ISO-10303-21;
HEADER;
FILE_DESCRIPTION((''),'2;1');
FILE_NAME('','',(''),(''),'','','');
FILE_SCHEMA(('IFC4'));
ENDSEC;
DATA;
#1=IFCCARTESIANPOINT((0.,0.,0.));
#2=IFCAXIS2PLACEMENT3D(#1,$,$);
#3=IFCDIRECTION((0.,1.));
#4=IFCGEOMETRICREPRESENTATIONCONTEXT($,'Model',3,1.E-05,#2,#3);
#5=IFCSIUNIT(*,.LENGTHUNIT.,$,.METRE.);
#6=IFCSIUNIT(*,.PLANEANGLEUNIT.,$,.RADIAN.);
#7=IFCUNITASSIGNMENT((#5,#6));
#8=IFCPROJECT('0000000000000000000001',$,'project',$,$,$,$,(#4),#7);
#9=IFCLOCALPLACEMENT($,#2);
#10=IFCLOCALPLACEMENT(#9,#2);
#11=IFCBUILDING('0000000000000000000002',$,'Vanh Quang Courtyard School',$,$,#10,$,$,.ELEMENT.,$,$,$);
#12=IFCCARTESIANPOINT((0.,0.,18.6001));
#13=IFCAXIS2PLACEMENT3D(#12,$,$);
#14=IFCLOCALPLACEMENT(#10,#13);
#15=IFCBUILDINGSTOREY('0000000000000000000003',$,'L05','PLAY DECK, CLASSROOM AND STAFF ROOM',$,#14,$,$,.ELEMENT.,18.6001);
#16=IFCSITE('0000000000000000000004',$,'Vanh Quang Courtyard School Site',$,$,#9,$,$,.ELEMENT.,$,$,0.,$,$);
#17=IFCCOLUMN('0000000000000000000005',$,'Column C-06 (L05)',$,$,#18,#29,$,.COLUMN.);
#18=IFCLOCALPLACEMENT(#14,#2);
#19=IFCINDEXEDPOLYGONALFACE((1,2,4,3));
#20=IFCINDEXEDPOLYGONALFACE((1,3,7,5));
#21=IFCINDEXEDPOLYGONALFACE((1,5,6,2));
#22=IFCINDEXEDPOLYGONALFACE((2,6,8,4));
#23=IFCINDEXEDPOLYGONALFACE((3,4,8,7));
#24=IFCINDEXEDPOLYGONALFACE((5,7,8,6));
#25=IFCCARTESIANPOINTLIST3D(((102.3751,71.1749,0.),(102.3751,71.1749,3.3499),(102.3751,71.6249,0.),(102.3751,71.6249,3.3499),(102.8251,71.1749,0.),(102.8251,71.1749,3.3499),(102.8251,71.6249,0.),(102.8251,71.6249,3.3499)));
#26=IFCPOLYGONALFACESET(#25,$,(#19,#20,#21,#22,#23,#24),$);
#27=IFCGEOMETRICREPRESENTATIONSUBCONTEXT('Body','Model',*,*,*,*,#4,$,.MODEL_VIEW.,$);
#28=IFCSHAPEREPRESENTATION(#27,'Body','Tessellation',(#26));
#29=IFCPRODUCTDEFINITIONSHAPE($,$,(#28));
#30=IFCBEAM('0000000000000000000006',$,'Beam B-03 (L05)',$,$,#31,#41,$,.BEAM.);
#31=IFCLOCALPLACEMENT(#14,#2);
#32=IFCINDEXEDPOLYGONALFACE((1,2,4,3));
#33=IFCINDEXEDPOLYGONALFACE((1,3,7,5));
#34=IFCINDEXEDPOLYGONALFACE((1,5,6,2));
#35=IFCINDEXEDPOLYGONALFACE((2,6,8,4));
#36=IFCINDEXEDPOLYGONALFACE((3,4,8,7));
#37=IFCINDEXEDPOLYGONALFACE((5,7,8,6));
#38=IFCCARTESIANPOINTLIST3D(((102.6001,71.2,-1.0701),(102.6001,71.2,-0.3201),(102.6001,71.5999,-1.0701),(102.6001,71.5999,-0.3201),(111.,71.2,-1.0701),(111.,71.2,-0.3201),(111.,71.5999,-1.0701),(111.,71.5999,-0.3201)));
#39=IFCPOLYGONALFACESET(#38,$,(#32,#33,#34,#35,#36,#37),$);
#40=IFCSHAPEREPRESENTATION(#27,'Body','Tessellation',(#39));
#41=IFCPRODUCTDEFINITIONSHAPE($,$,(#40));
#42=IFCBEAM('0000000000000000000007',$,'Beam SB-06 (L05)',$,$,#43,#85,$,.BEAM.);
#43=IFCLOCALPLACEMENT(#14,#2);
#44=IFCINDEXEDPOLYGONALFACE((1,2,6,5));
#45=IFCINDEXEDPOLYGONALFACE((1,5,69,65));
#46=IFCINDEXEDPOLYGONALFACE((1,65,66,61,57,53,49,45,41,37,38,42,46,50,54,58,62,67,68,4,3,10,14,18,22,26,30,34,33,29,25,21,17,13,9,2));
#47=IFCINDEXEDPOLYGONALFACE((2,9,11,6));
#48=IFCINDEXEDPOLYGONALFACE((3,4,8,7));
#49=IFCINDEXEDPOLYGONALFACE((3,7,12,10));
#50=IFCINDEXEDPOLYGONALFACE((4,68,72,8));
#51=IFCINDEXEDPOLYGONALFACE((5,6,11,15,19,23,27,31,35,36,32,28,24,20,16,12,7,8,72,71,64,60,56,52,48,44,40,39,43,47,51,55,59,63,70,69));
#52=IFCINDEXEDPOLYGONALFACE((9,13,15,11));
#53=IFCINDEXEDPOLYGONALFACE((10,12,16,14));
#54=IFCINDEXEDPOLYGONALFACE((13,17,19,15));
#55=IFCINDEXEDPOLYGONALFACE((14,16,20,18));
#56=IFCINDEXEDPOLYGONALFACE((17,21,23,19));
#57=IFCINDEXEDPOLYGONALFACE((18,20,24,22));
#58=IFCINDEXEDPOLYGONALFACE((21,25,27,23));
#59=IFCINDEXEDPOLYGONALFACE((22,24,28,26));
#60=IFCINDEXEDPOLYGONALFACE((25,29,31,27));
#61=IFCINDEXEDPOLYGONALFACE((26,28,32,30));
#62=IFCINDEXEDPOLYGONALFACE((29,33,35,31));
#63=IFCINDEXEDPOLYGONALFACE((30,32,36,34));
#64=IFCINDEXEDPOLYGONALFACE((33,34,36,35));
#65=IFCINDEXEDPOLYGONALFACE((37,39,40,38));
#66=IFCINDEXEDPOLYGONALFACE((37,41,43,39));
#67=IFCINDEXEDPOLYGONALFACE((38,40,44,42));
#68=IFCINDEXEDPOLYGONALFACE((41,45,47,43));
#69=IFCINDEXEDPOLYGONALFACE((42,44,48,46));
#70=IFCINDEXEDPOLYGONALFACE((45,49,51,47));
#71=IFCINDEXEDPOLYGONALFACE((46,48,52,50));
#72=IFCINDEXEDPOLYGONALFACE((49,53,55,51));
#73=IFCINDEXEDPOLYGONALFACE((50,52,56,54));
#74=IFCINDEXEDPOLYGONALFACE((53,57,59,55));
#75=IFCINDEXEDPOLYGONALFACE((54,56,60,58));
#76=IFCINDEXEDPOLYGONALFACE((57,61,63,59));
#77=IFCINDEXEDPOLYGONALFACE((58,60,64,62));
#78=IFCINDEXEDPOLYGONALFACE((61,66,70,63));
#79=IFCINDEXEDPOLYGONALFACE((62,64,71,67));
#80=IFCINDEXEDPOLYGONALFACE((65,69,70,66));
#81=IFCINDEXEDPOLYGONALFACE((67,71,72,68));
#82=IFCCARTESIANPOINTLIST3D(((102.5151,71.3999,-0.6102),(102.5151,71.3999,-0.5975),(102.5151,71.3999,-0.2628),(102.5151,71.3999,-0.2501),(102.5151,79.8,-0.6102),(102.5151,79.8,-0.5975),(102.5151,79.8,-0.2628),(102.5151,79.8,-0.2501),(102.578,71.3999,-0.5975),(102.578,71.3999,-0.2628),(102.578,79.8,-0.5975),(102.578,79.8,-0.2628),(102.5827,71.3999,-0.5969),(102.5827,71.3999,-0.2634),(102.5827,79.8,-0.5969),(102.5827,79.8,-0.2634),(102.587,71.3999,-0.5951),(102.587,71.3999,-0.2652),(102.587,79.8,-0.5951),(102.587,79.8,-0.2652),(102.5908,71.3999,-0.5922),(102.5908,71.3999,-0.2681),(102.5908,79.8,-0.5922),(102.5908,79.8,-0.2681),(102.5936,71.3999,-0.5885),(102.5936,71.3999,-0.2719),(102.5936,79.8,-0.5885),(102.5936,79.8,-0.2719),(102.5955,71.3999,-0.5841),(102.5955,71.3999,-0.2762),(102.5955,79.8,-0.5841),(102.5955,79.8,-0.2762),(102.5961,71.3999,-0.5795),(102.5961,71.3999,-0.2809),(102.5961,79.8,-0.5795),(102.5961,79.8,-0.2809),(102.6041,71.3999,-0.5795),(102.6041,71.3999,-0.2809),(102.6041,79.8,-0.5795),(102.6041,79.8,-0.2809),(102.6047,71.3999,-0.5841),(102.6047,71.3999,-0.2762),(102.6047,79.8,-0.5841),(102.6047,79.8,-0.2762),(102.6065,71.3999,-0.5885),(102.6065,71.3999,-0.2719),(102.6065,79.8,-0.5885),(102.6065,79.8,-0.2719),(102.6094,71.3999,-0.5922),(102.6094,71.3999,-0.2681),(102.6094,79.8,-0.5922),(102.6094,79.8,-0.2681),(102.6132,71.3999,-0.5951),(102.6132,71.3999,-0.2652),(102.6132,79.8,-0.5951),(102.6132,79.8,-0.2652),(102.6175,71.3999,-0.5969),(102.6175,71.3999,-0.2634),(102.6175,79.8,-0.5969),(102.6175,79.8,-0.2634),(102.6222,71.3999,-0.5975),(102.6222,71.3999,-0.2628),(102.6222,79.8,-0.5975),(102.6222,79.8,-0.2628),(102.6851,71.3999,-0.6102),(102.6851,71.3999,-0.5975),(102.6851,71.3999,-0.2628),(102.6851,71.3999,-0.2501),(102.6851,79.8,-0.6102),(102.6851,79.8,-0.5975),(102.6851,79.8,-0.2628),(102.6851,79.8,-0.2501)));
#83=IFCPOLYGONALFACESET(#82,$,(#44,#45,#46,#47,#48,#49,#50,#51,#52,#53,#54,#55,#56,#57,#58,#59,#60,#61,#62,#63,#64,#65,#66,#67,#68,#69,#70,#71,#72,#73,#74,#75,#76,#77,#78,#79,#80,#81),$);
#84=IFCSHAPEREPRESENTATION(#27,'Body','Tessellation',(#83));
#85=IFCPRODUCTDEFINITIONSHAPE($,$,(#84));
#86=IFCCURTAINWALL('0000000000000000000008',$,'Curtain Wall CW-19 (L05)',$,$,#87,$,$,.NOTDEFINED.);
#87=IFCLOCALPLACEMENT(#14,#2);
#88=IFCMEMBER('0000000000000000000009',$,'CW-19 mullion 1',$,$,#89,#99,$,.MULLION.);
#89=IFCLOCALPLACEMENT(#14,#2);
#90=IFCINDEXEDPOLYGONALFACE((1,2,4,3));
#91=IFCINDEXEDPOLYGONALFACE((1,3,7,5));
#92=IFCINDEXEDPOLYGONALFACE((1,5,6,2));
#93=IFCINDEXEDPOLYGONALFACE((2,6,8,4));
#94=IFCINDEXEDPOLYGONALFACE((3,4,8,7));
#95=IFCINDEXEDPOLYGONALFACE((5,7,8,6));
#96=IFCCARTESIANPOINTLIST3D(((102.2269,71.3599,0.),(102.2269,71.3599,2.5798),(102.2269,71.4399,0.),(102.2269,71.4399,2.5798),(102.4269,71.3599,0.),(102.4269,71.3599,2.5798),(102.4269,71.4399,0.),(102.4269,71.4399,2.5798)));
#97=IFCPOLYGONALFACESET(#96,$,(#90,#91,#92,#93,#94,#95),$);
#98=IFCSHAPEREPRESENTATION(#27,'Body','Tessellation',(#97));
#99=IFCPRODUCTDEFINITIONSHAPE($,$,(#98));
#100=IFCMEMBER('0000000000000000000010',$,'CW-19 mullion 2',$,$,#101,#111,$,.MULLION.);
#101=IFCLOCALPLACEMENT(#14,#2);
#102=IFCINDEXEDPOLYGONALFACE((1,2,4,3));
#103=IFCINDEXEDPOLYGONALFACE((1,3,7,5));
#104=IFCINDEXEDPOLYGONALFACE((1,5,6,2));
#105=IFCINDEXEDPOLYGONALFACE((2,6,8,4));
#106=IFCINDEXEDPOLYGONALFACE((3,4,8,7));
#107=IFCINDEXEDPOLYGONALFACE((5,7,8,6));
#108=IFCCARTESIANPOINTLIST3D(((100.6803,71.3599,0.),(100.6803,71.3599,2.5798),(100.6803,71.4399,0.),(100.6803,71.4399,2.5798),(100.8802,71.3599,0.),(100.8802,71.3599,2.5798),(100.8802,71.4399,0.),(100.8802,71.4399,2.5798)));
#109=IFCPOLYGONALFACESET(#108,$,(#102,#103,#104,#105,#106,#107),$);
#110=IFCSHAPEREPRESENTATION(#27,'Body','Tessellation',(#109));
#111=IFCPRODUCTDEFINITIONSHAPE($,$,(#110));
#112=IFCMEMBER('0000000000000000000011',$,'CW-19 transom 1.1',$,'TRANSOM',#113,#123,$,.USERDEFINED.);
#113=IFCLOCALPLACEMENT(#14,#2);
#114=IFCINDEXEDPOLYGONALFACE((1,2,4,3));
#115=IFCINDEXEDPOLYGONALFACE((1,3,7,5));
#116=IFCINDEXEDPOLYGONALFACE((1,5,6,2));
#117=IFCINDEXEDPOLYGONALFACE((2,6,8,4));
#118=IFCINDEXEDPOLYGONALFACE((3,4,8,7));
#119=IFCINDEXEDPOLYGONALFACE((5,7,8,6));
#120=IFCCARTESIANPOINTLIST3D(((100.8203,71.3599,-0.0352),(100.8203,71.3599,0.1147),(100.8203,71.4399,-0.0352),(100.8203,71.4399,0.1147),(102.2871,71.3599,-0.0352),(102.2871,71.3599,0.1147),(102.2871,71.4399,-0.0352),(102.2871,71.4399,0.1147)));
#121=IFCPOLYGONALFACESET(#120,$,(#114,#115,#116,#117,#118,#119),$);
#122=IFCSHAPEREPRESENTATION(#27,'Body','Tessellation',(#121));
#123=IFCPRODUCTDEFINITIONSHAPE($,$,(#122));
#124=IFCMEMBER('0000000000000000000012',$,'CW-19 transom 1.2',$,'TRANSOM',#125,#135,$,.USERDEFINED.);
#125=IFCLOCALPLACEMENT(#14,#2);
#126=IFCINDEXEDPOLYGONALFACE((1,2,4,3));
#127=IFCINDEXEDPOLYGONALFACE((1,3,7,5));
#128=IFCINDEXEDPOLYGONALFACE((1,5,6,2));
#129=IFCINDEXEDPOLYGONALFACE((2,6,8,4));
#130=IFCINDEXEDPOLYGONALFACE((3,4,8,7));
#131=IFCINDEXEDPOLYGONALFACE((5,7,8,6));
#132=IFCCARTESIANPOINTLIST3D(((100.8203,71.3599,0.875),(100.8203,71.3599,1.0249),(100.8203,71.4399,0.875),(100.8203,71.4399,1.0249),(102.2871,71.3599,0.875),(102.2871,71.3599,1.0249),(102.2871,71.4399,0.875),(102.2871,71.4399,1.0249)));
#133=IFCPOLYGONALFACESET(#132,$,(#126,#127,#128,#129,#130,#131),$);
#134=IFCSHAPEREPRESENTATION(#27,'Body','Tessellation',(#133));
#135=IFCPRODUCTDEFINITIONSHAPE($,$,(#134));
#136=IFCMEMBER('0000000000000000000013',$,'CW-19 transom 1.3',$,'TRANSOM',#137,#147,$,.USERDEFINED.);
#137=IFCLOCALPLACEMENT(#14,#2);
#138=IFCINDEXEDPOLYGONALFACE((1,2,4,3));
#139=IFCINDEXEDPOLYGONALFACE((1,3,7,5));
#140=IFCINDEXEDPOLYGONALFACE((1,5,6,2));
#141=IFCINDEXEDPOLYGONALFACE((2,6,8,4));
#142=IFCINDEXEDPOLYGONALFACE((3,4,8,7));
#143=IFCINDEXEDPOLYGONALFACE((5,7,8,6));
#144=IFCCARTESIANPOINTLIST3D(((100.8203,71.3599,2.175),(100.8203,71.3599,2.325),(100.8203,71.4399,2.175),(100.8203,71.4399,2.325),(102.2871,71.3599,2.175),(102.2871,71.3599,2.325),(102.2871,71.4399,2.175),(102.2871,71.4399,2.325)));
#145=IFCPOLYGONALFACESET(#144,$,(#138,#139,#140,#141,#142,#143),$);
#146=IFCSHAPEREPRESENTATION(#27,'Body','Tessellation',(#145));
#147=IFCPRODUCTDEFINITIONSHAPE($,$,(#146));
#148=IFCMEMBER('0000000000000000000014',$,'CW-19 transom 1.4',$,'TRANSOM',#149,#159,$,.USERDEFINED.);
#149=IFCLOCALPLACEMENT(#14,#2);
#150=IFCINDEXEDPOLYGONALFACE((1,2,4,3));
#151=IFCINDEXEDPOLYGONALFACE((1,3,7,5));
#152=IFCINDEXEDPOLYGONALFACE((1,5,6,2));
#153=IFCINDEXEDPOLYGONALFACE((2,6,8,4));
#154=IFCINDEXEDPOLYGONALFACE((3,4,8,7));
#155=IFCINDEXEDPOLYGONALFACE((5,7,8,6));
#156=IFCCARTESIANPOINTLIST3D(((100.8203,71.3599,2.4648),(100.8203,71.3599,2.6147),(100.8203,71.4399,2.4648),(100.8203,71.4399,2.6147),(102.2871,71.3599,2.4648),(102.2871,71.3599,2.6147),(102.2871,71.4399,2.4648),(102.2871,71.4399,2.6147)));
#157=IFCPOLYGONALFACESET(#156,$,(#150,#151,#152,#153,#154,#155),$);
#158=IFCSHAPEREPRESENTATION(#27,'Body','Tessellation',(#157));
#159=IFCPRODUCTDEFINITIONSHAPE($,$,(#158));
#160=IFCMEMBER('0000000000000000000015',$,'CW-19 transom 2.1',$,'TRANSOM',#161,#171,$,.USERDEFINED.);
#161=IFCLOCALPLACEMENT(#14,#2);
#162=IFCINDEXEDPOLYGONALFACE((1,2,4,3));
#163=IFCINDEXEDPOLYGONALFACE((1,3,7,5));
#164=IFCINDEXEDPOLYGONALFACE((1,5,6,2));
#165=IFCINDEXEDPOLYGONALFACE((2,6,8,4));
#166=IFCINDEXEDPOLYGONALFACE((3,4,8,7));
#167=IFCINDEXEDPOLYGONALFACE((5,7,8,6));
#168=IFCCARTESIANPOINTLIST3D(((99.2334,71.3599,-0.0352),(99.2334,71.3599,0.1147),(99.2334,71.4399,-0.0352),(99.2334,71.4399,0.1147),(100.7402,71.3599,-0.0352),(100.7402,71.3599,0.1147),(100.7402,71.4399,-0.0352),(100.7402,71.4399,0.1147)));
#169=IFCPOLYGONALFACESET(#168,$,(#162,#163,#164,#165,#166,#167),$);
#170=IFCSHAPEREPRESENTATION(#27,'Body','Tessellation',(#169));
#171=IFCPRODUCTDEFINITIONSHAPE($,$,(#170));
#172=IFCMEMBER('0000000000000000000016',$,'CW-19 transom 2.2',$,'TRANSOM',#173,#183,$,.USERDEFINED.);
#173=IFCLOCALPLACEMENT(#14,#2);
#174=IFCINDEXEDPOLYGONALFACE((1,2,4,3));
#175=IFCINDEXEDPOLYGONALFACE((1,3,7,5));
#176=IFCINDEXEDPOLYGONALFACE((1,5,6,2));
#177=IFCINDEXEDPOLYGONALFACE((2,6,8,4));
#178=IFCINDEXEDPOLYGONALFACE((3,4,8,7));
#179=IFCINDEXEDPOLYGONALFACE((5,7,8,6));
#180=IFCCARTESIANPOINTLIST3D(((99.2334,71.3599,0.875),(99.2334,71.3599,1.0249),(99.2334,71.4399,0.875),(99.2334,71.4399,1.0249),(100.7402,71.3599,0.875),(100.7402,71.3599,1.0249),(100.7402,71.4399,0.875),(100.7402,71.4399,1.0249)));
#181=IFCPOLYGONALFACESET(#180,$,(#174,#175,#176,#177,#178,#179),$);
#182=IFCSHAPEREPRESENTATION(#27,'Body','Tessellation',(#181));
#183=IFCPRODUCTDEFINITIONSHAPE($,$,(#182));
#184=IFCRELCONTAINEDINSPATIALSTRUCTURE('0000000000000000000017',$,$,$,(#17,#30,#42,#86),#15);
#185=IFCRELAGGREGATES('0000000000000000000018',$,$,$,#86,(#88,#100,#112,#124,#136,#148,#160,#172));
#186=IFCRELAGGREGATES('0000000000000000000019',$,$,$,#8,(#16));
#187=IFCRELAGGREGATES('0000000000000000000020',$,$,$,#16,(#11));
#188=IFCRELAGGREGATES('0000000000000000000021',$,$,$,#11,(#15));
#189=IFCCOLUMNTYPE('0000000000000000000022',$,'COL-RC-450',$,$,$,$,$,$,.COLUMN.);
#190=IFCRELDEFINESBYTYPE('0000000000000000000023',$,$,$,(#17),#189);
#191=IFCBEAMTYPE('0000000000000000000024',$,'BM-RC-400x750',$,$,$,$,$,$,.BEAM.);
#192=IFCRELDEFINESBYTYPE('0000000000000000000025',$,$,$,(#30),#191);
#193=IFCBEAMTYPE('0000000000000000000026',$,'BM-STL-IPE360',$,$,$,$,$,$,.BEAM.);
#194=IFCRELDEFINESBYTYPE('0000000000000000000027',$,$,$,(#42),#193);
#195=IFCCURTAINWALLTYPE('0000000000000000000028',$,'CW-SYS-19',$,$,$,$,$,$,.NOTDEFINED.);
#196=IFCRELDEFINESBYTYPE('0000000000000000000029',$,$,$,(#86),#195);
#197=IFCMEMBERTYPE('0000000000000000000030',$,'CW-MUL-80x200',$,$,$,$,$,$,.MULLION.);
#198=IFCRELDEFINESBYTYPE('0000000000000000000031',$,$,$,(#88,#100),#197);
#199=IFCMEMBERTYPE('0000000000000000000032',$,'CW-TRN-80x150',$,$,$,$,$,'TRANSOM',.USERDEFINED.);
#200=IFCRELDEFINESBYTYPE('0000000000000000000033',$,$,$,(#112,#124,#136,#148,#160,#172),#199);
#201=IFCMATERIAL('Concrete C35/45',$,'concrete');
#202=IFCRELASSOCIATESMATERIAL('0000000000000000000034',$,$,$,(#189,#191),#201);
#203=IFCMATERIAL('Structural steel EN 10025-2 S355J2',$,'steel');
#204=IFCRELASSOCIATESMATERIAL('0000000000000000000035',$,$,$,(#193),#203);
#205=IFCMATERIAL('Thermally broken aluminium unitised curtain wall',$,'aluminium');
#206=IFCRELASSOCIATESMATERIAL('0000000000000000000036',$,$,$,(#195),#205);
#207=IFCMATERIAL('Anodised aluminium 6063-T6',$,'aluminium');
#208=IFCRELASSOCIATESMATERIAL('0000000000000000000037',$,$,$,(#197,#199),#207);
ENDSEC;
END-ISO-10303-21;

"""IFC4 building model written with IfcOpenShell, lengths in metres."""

from ifc_helpers import new_model, si_unit, direction, frame, origin, origin_2d, place, context, subcontext, project, spatial, rectangle, i_section, extrude, material, material_profile, profile_set, type_object, element, aggregate, save


model = new_model("IFC4")

# Units and contexts
model_context = context("Model", 3, precision=1e-05, world=origin(), true_north=direction((0.0, 1.0)))
body_context = subcontext(model_context, "Body", "Model", "MODEL_VIEW")
ifc_project = project(units=[si_unit("LENGTHUNIT", "METRE"), si_unit("PLANEANGLEUNIT", "RADIAN")], contexts=[model_context])

# Site, building, storey
site_placement = place(None, origin())
site = spatial("IfcSite", under=ifc_project, at=site_placement, Name="Vanh Quang Courtyard School Site", CompositionType="ELEMENT", RefElevation=0.0)
building_placement = place(site_placement, origin())
building = spatial("IfcBuilding", under=site, at=building_placement, Name="Vanh Quang Courtyard School", CompositionType="ELEMENT")
storey_placement = place(building_placement, frame((0.0, 0.0, 18.6001)))
storey = spatial("IfcBuildingStorey", under=building, at=storey_placement, Name="L05", Description="PLAY DECK, CLASSROOM AND STAFF ROOM", CompositionType="ELEMENT", Elevation=18.6001)

# Column
ifc_material_1 = material(Name="Concrete C35/45", Category="concrete")
ifc_material_profile_1 = material_profile(ifc_material_1, rectangle(XDim=0.45, YDim=0.45, at=origin_2d()), Name="RC-COL 450x450")
ifc_profile_set_1 = profile_set([ifc_material_profile_1], Name="Concrete C35/45")
column_type = type_object("IfcColumnType", Name="COL-RC-450", PredefinedType="COLUMN", material=ifc_profile_set_1)
column_placement = place(storey_placement, frame((102.6001, 71.3999, 0.0), z_axis=(0.0, 0.0, 1.0), x_axis=(1.0, 0.0, 0.0)))
element("IfcColumn", 1, at=column_placement, inside=storey, type_object=column_type, Name="Column C-06 (L05)", PredefinedType="COLUMN", context=body_context, shape_type="SweptSolid", body=[
    extrude(rectangle(XDim=0.45, YDim=0.45, at=origin_2d()), origin(), (0.0, 0.0, 1.0), 3.3499),
])

# Beams
ifc_material_profile_2 = material_profile(ifc_material_1, rectangle(XDim=0.3999, YDim=0.75, at=origin_2d()), Name="RC-BM 400x750")
ifc_profile_set_2 = profile_set([ifc_material_profile_2], Name="Concrete C35/45")
beam_type_1 = type_object("IfcBeamType", Name="BM-RC-400x750", PredefinedType="BEAM", material=ifc_profile_set_2)
beam_1_placement = place(storey_placement, frame((102.6001, 71.3999, -0.6951), z_axis=(1.0, 0.0, 0.0), x_axis=(0.0, 1.0, 0.0)))
element("IfcBeam", 2, at=beam_1_placement, inside=storey, type_object=beam_type_1, Name="Beam B-03 (L05)", PredefinedType="BEAM", context=body_context, shape_type="SweptSolid", body=[
    extrude(rectangle(XDim=0.3999, YDim=0.75, at=origin_2d()), origin(), (0.0, 0.0, 1.0), 8.3999),
])
ifc_material_2 = material(Name="Structural steel EN 10025-2 S355J2", Category="steel")
ifc_material_profile_3 = material_profile(ifc_material_2, i_section(OverallWidth=0.1699, OverallDepth=0.3601, WebThickness=0.0081, FlangeThickness=0.0127, FilletRadius=0.0181, at=origin_2d()), Name="IPE 360")
ifc_profile_set_3 = profile_set([ifc_material_profile_3], Name="Structural steel EN 10025-2 S355J2")
beam_type_2 = type_object("IfcBeamType", Name="BM-STL-IPE360", PredefinedType="BEAM", material=ifc_profile_set_3)
beam_2_placement = place(storey_placement, frame((102.6001, 71.3999, -0.4302), z_axis=(0.0, 1.0, 0.0), x_axis=(-1.0, 0.0, 0.0)))
element("IfcBeam", 3, at=beam_2_placement, inside=storey, type_object=beam_type_2, Name="Beam SB-06 (L05)", PredefinedType="BEAM", context=body_context, shape_type="SweptSolid", body=[
    extrude(i_section(OverallWidth=0.1699, OverallDepth=0.3601, WebThickness=0.0081, FlangeThickness=0.0127, FilletRadius=0.0181, at=origin_2d()), origin(), (0.0, 0.0, 1.0), 8.4001),
])

# Curtain wall, members
ifc_material_3 = material(Name="Thermally broken aluminium unitised curtain wall", Category="aluminium")
curtain_wall_type = type_object("IfcCurtainWallType", Name="CW-SYS-19", PredefinedType="NOTDEFINED", material=ifc_material_3)
curtain_wall_placement = place(storey_placement, origin())
curtain_wall = element("IfcCurtainWall", 4, at=curtain_wall_placement, inside=storey, type_object=curtain_wall_type, Name="Curtain Wall CW-19 (L05)", PredefinedType="NOTDEFINED")
ifc_material_4 = material(Name="Anodised aluminium 6063-T6", Category="aluminium")
ifc_material_profile_4 = material_profile(ifc_material_4, rectangle(XDim=0.0801, YDim=0.2, at=origin_2d()), Name="ALU-MUL 80x200")
ifc_profile_set_4 = profile_set([ifc_material_profile_4], Name="Anodised aluminium 6063-T6")
member_type_1 = type_object("IfcMemberType", Name="CW-MUL-80x200", PredefinedType="MULLION", material=ifc_profile_set_4)
member_1_placement = place(storey_placement, frame((102.3269, 71.3999, 0.0), z_axis=(0.0, 0.0, 1.0), x_axis=(0.0, -1.0, 0.0)))
member_1 = element("IfcMember", 5, at=member_1_placement, type_object=member_type_1, Name="CW-19 mullion 1", PredefinedType="MULLION", context=body_context, shape_type="SweptSolid", body=[
    extrude(rectangle(XDim=0.0801, YDim=0.2, at=origin_2d()), origin(), (0.0, 0.0, 1.0), 2.5798),
])
member_2_placement = place(storey_placement, frame((100.7803, 71.3999, 0.0), z_axis=(0.0, 0.0, 1.0), x_axis=(0.0, -1.0, 0.0)))
member_2 = element("IfcMember", 6, at=member_2_placement, type_object=member_type_1, Name="CW-19 mullion 2", PredefinedType="MULLION", context=body_context, shape_type="SweptSolid", body=[
    extrude(rectangle(XDim=0.0801, YDim=0.2, at=origin_2d()), origin(), (0.0, 0.0, 1.0), 2.5798),
])
ifc_material_profile_5 = material_profile(ifc_material_4, rectangle(XDim=0.0801, YDim=0.1499, at=origin_2d()), Name="ALU-TRN 80x150")
ifc_profile_set_5 = profile_set([ifc_material_profile_5], Name="Anodised aluminium 6063-T6")
member_type_2 = type_object("IfcMemberType", Name="CW-TRN-80x150", ElementType="TRANSOM", PredefinedType="USERDEFINED", material=ifc_profile_set_5)
member_3_placement = place(storey_placement, frame((102.2871, 71.3999, 0.0398), z_axis=(-1.0, 0.0, 0.0), x_axis=(0.0, -1.0, 0.0)))
member_3 = element("IfcMember", 7, at=member_3_placement, type_object=member_type_2, Name="CW-19 transom 1.1", ObjectType="TRANSOM", PredefinedType="USERDEFINED", context=body_context, shape_type="SweptSolid", body=[
    extrude(rectangle(XDim=0.0801, YDim=0.1499, at=origin_2d()), origin(), (0.0, 0.0, 1.0), 1.4668),
])
member_4_placement = place(storey_placement, frame((102.2871, 71.3999, 0.95), z_axis=(-1.0, 0.0, 0.0), x_axis=(0.0, -1.0, 0.0)))
member_4 = element("IfcMember", 8, at=member_4_placement, type_object=member_type_2, Name="CW-19 transom 1.2", ObjectType="TRANSOM", PredefinedType="USERDEFINED", context=body_context, shape_type="SweptSolid", body=[
    extrude(rectangle(XDim=0.0801, YDim=0.1499, at=origin_2d()), origin(), (0.0, 0.0, 1.0), 1.4668),
])
member_5_placement = place(storey_placement, frame((102.2871, 71.3999, 2.25), z_axis=(-1.0, 0.0, 0.0), x_axis=(0.0, -1.0, 0.0)))
member_5 = element("IfcMember", 9, at=member_5_placement, type_object=member_type_2, Name="CW-19 transom 1.3", ObjectType="TRANSOM", PredefinedType="USERDEFINED", context=body_context, shape_type="SweptSolid", body=[
    extrude(rectangle(XDim=0.0801, YDim=0.1499, at=origin_2d()), origin(), (0.0, 0.0, 1.0), 1.4668),
])
member_6_placement = place(storey_placement, frame((102.2871, 71.3999, 2.5398), z_axis=(-1.0, 0.0, 0.0), x_axis=(0.0, -1.0, 0.0)))
member_6 = element("IfcMember", 10, at=member_6_placement, type_object=member_type_2, Name="CW-19 transom 1.4", ObjectType="TRANSOM", PredefinedType="USERDEFINED", context=body_context, shape_type="SweptSolid", body=[
    extrude(rectangle(XDim=0.0801, YDim=0.1499, at=origin_2d()), origin(), (0.0, 0.0, 1.0), 1.4668),
])
member_7_placement = place(storey_placement, frame((100.7402, 71.3999, 0.0398), z_axis=(-1.0, 0.0, 0.0), x_axis=(0.0, -1.0, 0.0)))
member_7 = element("IfcMember", 11, at=member_7_placement, type_object=member_type_2, Name="CW-19 transom 2.1", ObjectType="TRANSOM", PredefinedType="USERDEFINED", context=body_context, shape_type="SweptSolid", body=[
    extrude(rectangle(XDim=0.0801, YDim=0.1499, at=origin_2d()), origin(), (0.0, 0.0, 1.0), 1.5068),
])
member_8_placement = place(storey_placement, frame((100.7402, 71.3999, 0.95), z_axis=(-1.0, 0.0, 0.0), x_axis=(0.0, -1.0, 0.0)))
member_8 = element("IfcMember", 12, at=member_8_placement, type_object=member_type_2, Name="CW-19 transom 2.2", ObjectType="TRANSOM", PredefinedType="USERDEFINED", context=body_context, shape_type="SweptSolid", body=[
    extrude(rectangle(XDim=0.0801, YDim=0.1499, at=origin_2d()), origin(), (0.0, 0.0, 1.0), 1.5068),
])

aggregate(curtain_wall, [member_1, member_2, member_3, member_4, member_5, member_6, member_7, member_8])

save(model, "model.ifc")
